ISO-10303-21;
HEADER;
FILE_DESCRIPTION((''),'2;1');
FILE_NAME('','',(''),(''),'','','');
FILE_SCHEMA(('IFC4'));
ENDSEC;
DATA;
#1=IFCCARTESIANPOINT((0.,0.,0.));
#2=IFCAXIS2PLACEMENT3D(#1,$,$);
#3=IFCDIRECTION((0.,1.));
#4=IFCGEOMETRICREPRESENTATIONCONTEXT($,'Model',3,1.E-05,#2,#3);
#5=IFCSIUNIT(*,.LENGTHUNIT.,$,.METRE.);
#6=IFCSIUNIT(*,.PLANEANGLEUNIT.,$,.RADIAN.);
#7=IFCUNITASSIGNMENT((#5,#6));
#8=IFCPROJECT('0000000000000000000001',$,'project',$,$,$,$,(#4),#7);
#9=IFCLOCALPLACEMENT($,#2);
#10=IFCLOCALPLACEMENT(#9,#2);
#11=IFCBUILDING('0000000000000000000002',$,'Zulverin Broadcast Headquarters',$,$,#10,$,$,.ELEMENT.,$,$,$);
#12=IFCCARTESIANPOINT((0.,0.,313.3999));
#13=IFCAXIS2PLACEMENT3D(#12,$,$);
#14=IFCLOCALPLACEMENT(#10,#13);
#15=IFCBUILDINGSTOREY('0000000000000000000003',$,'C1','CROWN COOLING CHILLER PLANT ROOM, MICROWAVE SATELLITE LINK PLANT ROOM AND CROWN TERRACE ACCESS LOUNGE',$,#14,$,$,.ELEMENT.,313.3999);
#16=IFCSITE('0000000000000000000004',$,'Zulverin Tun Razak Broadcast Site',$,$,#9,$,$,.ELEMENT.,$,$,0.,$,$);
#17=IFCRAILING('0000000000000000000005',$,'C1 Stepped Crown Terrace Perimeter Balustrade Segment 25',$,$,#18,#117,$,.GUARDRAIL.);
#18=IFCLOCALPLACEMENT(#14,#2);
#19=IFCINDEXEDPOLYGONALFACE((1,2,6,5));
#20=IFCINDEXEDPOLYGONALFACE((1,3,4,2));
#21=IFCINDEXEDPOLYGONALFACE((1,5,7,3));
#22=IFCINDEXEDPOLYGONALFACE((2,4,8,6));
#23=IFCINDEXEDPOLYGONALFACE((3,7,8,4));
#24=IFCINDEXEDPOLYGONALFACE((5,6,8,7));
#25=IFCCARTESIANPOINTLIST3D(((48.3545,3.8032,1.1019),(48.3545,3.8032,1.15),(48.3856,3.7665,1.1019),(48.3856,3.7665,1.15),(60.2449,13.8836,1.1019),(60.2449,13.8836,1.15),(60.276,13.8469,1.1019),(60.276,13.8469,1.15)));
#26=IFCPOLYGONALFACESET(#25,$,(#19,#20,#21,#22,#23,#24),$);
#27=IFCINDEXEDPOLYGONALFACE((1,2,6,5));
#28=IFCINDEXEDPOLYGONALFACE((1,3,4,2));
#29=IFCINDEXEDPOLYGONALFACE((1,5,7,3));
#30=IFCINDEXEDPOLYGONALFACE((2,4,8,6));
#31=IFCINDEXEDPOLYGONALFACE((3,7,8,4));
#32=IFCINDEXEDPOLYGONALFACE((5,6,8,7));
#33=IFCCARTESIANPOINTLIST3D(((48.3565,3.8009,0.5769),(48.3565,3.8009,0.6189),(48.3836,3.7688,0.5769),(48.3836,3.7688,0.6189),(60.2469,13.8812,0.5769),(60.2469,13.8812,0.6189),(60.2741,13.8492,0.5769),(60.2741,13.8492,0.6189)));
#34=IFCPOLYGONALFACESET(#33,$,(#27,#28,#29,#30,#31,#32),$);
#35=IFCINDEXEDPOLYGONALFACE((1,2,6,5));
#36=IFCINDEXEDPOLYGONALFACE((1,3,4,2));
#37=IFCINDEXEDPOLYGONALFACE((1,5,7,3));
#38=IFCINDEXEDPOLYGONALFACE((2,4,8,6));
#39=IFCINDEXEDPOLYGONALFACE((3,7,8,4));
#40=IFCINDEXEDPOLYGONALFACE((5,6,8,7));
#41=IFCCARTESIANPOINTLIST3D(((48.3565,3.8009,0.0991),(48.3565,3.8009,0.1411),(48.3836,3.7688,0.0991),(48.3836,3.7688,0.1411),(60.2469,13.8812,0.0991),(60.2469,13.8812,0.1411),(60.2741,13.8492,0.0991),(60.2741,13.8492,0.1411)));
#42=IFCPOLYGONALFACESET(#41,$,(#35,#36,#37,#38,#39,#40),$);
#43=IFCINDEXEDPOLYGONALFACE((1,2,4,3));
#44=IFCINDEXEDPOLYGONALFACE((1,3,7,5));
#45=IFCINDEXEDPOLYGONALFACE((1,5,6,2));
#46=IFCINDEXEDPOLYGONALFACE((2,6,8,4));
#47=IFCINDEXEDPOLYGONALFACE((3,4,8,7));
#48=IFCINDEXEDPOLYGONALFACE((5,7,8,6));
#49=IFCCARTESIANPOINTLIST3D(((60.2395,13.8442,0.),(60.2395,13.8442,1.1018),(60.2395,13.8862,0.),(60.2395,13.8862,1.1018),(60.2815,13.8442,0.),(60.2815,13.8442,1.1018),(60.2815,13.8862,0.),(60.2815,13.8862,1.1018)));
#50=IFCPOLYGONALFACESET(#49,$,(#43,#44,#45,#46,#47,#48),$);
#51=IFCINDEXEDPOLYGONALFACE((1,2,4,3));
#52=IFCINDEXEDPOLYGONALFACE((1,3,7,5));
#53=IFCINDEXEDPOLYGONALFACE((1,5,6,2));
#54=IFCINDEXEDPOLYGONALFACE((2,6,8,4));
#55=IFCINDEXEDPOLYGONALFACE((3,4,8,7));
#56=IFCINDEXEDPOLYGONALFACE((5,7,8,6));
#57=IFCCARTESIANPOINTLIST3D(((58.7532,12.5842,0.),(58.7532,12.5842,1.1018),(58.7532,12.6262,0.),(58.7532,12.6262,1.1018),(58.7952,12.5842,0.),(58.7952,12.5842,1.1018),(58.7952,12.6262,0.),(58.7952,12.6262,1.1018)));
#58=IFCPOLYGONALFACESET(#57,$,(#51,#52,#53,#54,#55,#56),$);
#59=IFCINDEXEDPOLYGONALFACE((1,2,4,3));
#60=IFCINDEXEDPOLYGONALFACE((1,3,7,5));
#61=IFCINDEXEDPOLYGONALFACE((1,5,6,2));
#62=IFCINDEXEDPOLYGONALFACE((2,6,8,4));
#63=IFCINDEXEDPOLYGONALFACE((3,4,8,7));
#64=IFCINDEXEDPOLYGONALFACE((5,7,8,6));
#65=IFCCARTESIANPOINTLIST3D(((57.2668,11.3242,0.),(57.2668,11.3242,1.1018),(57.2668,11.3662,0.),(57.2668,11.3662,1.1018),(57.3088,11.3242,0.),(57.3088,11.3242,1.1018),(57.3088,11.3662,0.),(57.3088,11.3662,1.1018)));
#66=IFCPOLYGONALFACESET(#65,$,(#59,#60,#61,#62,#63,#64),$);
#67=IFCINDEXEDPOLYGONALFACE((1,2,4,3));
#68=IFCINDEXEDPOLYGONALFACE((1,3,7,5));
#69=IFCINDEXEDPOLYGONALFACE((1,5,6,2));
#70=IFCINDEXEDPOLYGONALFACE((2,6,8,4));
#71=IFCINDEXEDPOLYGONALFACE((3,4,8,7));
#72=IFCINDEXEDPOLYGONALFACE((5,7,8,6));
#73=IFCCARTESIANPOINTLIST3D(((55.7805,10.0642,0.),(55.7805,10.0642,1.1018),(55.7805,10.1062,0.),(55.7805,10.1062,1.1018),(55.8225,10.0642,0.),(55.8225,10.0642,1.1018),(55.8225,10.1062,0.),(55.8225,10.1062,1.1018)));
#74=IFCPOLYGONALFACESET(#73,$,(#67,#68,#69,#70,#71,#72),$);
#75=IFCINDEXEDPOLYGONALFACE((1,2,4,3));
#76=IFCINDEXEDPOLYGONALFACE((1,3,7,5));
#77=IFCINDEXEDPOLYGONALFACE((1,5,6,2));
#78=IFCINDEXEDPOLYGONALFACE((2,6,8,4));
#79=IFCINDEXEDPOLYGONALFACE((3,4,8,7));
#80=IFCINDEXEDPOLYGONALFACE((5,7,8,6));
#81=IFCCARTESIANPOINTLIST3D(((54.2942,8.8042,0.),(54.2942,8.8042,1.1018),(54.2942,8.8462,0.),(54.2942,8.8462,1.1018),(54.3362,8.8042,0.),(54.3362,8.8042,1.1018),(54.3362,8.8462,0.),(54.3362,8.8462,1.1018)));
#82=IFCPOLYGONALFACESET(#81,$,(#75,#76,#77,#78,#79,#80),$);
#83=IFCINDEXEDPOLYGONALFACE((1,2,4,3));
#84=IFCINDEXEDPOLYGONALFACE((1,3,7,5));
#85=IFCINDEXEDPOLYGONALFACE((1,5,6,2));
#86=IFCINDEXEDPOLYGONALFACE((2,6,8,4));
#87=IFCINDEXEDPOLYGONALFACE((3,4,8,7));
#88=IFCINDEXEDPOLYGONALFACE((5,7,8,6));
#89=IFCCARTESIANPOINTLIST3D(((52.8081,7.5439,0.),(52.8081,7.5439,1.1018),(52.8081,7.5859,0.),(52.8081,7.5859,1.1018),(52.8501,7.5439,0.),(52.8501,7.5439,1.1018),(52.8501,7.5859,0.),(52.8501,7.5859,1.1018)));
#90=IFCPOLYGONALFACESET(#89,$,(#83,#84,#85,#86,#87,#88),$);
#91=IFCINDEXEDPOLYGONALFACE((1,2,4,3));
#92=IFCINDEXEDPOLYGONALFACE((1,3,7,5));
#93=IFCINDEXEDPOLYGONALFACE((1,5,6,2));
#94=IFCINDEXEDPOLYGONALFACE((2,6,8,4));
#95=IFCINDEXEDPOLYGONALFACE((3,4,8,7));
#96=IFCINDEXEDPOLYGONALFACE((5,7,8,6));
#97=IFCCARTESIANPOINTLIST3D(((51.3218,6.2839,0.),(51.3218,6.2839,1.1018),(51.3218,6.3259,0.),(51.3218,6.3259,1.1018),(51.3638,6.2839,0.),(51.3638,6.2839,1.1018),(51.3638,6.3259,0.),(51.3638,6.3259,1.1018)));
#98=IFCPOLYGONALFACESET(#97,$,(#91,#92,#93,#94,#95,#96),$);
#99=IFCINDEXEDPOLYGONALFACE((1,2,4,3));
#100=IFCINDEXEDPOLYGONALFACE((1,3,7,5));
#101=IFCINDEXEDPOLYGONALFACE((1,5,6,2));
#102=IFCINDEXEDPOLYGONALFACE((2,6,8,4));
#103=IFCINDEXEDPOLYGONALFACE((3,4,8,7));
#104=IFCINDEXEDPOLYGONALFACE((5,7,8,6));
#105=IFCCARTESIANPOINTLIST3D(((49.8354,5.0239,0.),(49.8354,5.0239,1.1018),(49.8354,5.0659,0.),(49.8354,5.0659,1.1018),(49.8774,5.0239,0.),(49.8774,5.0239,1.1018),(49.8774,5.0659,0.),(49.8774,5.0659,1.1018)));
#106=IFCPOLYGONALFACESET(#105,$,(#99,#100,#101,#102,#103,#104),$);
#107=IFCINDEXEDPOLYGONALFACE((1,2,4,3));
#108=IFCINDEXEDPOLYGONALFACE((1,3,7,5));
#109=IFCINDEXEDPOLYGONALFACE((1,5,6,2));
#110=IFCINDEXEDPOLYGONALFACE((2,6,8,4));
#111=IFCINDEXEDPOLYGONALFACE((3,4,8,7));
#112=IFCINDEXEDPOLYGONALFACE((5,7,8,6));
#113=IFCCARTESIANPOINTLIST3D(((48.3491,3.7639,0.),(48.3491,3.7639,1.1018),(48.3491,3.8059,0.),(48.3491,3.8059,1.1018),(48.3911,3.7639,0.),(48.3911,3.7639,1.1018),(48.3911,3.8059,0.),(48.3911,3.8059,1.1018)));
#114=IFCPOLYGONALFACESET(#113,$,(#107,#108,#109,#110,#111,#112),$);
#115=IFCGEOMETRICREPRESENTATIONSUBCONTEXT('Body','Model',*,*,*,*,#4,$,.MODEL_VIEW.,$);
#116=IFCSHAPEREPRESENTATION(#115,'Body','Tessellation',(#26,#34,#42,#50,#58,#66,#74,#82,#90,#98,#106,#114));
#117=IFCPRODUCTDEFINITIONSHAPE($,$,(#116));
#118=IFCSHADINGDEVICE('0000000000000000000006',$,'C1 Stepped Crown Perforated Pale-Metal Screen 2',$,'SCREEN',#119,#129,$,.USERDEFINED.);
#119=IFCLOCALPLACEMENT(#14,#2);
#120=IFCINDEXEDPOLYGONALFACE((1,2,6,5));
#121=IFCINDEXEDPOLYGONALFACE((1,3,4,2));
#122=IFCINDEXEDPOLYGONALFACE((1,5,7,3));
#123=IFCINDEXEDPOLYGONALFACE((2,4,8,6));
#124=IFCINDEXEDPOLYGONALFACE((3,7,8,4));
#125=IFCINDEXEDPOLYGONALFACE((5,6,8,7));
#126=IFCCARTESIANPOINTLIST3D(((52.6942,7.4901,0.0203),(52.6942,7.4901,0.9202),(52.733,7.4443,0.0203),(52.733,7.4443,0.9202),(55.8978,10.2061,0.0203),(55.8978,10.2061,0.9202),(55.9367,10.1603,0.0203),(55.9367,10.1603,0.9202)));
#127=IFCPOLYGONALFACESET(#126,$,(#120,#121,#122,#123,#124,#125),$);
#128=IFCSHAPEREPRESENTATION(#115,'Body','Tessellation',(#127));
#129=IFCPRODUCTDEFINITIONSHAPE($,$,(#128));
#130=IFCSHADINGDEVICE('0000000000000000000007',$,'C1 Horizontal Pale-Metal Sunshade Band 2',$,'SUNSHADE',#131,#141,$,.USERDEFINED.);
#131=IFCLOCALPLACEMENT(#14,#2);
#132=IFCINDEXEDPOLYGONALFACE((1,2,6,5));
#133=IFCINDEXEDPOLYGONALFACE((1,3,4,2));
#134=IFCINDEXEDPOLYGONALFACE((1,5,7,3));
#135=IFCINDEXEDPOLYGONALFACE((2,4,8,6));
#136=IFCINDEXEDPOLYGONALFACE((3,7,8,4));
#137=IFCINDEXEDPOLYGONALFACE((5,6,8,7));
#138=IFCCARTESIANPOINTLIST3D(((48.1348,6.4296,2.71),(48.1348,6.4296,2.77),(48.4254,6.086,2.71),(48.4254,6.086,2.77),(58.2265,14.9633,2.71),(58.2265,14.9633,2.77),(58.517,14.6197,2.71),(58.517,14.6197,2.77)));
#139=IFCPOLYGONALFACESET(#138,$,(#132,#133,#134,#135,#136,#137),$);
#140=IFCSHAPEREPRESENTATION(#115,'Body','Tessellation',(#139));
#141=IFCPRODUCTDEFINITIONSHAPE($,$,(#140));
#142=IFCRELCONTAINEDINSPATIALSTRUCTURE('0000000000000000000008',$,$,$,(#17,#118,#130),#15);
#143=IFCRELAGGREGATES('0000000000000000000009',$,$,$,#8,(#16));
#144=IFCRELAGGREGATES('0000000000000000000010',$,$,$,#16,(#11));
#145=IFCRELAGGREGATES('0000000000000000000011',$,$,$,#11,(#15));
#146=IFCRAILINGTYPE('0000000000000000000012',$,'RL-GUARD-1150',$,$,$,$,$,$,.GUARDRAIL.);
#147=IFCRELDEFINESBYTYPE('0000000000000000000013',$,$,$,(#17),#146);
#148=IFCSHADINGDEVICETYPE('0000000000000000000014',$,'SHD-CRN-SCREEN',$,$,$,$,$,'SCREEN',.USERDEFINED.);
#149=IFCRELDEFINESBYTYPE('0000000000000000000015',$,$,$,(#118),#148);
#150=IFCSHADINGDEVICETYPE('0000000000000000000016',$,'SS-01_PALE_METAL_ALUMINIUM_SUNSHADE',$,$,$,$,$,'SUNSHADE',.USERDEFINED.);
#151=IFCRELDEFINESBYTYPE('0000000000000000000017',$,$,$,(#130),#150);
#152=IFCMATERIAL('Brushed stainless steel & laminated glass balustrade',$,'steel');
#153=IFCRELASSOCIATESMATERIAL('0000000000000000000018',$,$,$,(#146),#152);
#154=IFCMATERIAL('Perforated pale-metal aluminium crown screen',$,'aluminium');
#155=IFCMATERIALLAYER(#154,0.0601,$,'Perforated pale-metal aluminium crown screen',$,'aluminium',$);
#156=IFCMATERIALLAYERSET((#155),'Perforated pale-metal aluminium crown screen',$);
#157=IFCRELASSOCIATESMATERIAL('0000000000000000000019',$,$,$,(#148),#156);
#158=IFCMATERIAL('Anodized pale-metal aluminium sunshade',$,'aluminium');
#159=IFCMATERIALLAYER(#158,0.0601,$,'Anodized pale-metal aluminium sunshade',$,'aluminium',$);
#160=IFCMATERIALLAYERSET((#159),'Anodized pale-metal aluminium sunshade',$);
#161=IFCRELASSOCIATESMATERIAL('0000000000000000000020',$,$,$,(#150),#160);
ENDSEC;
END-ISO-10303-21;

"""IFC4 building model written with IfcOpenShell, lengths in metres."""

from ifc_helpers import new_model, si_unit, direction, frame, origin, origin_2d, place, context, subcontext, project, spatial, rectangle, extrude, material, layer, layer_set, type_object, element, save


model = new_model("IFC4")

# Units and contexts
model_context = context("Model", 3, precision=1e-05, world=origin(), true_north=direction((0.0, 1.0)))
body_context = subcontext(model_context, "Body", "Model", "MODEL_VIEW")
ifc_project = project(units=[si_unit("LENGTHUNIT", "METRE"), si_unit("PLANEANGLEUNIT", "RADIAN")], contexts=[model_context])

# Site, building, storey
site_placement = place(None, origin())
site = spatial("IfcSite", under=ifc_project, at=site_placement, Name="Zulverin Tun Razak Broadcast Site", CompositionType="ELEMENT", RefElevation=0.0)
building_placement = place(site_placement, origin())
building = spatial("IfcBuilding", under=site, at=building_placement, Name="Zulverin Broadcast Headquarters", CompositionType="ELEMENT")
storey_placement = place(building_placement, frame((0.0, 0.0, 313.3999)))
storey = spatial("IfcBuildingStorey", under=building, at=storey_placement, Name="C1", Description="CROWN COOLING CHILLER PLANT ROOM, MICROWAVE SATELLITE LINK PLANT ROOM AND CROWN TERRACE ACCESS LOUNGE", CompositionType="ELEMENT", Elevation=313.3999)

# Railing
ifc_material_1 = material(Name="Brushed stainless steel & laminated glass balustrade", Category="steel")
railing_type = type_object("IfcRailingType", Name="RL-GUARD-1150", PredefinedType="GUARDRAIL", material=ifc_material_1)
railing_1_placement = place(storey_placement, frame((60.2605, 13.8652, 0.0)))
element("IfcRailing", 1, at=railing_1_placement, inside=storey, type_object=railing_type, Name="C1 Stepped Crown Terrace Perimeter Balustrade Segment 25", PredefinedType="GUARDRAIL", context=body_context, shape_type="SweptSolid", body=[
    extrude(rectangle(XDim=0.0481, YDim=0.0481, at=origin_2d()), frame((0.0, 0.0, 1.126), z_axis=(-0.762778, -0.646661, 0.0), x_axis=(0.646661, -0.762778, 0.0)), (0.0, 0.0, 1.0), 15.5884),
    extrude(rectangle(XDim=0.042, YDim=0.042, at=origin_2d()), frame((0.0, 0.0, 0.5979), z_axis=(-0.762778, -0.646661, 0.0), x_axis=(0.646661, -0.762778, 0.0)), (0.0, 0.0, 1.0), 15.5884),
    extrude(rectangle(XDim=0.042, YDim=0.042, at=origin_2d()), frame((0.0, 0.0, 0.1201), z_axis=(-0.762778, -0.646661, 0.0), x_axis=(0.646661, -0.762778, 0.0)), (0.0, 0.0, 1.0), 15.5884),
    extrude(rectangle(XDim=0.042, YDim=0.042, at=origin_2d()), origin(), (0.0, 0.0, 1.0), 1.1018),
    extrude(rectangle(XDim=0.042, YDim=0.042, at=origin_2d()), frame((-1.4863, -1.26, 0.0)), (0.0, 0.0, 1.0), 1.1018),
    extrude(rectangle(XDim=0.042, YDim=0.042, at=origin_2d()), frame((-2.9727, -2.52, 0.0)), (0.0, 0.0, 1.0), 1.1018),
    extrude(rectangle(XDim=0.042, YDim=0.042, at=origin_2d()), frame((-4.459, -3.78, 0.0)), (0.0, 0.0, 1.0), 1.1018),
    extrude(rectangle(XDim=0.042, YDim=0.042, at=origin_2d()), frame((-5.9453, -5.04, 0.0)), (0.0, 0.0, 1.0), 1.1018),
    extrude(rectangle(XDim=0.042, YDim=0.042, at=origin_2d()), frame((-7.4314, -6.3003, 0.0)), (0.0, 0.0, 1.0), 1.1018),
    extrude(rectangle(XDim=0.042, YDim=0.042, at=origin_2d()), frame((-8.9177, -7.5603, 0.0)), (0.0, 0.0, 1.0), 1.1018),
    extrude(rectangle(XDim=0.042, YDim=0.042, at=origin_2d()), frame((-10.4041, -8.8203, 0.0)), (0.0, 0.0, 1.0), 1.1018),
    extrude(rectangle(XDim=0.042, YDim=0.042, at=origin_2d()), frame((-11.8904, -10.0803, 0.0)), (0.0, 0.0, 1.0), 1.1018),
])

# Shading devices
ifc_material_2 = material(Name="Perforated pale-metal aluminium crown screen", Category="aluminium")
ifc_layer_1 = layer(ifc_material_2, 0.0601, Name="Perforated pale-metal aluminium crown screen", Category="aluminium")
ifc_layer_set_1 = layer_set([ifc_layer_1], Name="Perforated pale-metal aluminium crown screen")
shading_device_type_1 = type_object("IfcShadingDeviceType", Name="SHD-CRN-SCREEN", ElementType="SCREEN", PredefinedType="USERDEFINED", material=ifc_layer_set_1)
shading_device_1_placement = place(storey_placement, frame((54.3154, 8.8252, 0.0203), z_axis=(0.0, 0.0, 1.0), x_axis=(0.762781, 0.646657, 0.0)))
element("IfcShadingDevice", 2, at=shading_device_1_placement, inside=storey, type_object=shading_device_type_1, Name="C1 Stepped Crown Perforated Pale-Metal Screen 2", ObjectType="SCREEN", PredefinedType="USERDEFINED", context=body_context, shape_type="SweptSolid", body=[
    extrude(rectangle(XDim=4.2, YDim=0.0601, at=origin_2d()), origin(), (0.0, 0.0, 1.0), 0.8999),
])
ifc_material_3 = material(Name="Anodized pale-metal aluminium sunshade", Category="aluminium")
ifc_layer_2 = layer(ifc_material_3, 0.0601, Name="Anodized pale-metal aluminium sunshade", Category="aluminium")
ifc_layer_set_2 = layer_set([ifc_layer_2], Name="Anodized pale-metal aluminium sunshade")
shading_device_type_2 = type_object("IfcShadingDeviceType", Name="SS-01_PALE_METAL_ALUMINIUM_SUNSHADE", ElementType="SUNSHADE", PredefinedType="USERDEFINED", material=ifc_layer_set_2)
shading_device_2_placement = place(storey_placement, frame((53.3259, 10.5247, 2.71), z_axis=(0.0, 0.0, 1.0), x_axis=(0.763588, 0.645704, 0.0)))
element("IfcShadingDevice", 3, at=shading_device_2_placement, inside=storey, type_object=shading_device_type_2, Name="C1 Horizontal Pale-Metal Sunshade Band 2", ObjectType="SUNSHADE", PredefinedType="USERDEFINED", context=body_context, shape_type="SweptSolid", body=[
    extrude(rectangle(XDim=13.2161, YDim=0.45, at=origin_2d()), origin(), (0.0, 0.0, 1.0), 0.0601),
])

save(model, "model.ifc")
